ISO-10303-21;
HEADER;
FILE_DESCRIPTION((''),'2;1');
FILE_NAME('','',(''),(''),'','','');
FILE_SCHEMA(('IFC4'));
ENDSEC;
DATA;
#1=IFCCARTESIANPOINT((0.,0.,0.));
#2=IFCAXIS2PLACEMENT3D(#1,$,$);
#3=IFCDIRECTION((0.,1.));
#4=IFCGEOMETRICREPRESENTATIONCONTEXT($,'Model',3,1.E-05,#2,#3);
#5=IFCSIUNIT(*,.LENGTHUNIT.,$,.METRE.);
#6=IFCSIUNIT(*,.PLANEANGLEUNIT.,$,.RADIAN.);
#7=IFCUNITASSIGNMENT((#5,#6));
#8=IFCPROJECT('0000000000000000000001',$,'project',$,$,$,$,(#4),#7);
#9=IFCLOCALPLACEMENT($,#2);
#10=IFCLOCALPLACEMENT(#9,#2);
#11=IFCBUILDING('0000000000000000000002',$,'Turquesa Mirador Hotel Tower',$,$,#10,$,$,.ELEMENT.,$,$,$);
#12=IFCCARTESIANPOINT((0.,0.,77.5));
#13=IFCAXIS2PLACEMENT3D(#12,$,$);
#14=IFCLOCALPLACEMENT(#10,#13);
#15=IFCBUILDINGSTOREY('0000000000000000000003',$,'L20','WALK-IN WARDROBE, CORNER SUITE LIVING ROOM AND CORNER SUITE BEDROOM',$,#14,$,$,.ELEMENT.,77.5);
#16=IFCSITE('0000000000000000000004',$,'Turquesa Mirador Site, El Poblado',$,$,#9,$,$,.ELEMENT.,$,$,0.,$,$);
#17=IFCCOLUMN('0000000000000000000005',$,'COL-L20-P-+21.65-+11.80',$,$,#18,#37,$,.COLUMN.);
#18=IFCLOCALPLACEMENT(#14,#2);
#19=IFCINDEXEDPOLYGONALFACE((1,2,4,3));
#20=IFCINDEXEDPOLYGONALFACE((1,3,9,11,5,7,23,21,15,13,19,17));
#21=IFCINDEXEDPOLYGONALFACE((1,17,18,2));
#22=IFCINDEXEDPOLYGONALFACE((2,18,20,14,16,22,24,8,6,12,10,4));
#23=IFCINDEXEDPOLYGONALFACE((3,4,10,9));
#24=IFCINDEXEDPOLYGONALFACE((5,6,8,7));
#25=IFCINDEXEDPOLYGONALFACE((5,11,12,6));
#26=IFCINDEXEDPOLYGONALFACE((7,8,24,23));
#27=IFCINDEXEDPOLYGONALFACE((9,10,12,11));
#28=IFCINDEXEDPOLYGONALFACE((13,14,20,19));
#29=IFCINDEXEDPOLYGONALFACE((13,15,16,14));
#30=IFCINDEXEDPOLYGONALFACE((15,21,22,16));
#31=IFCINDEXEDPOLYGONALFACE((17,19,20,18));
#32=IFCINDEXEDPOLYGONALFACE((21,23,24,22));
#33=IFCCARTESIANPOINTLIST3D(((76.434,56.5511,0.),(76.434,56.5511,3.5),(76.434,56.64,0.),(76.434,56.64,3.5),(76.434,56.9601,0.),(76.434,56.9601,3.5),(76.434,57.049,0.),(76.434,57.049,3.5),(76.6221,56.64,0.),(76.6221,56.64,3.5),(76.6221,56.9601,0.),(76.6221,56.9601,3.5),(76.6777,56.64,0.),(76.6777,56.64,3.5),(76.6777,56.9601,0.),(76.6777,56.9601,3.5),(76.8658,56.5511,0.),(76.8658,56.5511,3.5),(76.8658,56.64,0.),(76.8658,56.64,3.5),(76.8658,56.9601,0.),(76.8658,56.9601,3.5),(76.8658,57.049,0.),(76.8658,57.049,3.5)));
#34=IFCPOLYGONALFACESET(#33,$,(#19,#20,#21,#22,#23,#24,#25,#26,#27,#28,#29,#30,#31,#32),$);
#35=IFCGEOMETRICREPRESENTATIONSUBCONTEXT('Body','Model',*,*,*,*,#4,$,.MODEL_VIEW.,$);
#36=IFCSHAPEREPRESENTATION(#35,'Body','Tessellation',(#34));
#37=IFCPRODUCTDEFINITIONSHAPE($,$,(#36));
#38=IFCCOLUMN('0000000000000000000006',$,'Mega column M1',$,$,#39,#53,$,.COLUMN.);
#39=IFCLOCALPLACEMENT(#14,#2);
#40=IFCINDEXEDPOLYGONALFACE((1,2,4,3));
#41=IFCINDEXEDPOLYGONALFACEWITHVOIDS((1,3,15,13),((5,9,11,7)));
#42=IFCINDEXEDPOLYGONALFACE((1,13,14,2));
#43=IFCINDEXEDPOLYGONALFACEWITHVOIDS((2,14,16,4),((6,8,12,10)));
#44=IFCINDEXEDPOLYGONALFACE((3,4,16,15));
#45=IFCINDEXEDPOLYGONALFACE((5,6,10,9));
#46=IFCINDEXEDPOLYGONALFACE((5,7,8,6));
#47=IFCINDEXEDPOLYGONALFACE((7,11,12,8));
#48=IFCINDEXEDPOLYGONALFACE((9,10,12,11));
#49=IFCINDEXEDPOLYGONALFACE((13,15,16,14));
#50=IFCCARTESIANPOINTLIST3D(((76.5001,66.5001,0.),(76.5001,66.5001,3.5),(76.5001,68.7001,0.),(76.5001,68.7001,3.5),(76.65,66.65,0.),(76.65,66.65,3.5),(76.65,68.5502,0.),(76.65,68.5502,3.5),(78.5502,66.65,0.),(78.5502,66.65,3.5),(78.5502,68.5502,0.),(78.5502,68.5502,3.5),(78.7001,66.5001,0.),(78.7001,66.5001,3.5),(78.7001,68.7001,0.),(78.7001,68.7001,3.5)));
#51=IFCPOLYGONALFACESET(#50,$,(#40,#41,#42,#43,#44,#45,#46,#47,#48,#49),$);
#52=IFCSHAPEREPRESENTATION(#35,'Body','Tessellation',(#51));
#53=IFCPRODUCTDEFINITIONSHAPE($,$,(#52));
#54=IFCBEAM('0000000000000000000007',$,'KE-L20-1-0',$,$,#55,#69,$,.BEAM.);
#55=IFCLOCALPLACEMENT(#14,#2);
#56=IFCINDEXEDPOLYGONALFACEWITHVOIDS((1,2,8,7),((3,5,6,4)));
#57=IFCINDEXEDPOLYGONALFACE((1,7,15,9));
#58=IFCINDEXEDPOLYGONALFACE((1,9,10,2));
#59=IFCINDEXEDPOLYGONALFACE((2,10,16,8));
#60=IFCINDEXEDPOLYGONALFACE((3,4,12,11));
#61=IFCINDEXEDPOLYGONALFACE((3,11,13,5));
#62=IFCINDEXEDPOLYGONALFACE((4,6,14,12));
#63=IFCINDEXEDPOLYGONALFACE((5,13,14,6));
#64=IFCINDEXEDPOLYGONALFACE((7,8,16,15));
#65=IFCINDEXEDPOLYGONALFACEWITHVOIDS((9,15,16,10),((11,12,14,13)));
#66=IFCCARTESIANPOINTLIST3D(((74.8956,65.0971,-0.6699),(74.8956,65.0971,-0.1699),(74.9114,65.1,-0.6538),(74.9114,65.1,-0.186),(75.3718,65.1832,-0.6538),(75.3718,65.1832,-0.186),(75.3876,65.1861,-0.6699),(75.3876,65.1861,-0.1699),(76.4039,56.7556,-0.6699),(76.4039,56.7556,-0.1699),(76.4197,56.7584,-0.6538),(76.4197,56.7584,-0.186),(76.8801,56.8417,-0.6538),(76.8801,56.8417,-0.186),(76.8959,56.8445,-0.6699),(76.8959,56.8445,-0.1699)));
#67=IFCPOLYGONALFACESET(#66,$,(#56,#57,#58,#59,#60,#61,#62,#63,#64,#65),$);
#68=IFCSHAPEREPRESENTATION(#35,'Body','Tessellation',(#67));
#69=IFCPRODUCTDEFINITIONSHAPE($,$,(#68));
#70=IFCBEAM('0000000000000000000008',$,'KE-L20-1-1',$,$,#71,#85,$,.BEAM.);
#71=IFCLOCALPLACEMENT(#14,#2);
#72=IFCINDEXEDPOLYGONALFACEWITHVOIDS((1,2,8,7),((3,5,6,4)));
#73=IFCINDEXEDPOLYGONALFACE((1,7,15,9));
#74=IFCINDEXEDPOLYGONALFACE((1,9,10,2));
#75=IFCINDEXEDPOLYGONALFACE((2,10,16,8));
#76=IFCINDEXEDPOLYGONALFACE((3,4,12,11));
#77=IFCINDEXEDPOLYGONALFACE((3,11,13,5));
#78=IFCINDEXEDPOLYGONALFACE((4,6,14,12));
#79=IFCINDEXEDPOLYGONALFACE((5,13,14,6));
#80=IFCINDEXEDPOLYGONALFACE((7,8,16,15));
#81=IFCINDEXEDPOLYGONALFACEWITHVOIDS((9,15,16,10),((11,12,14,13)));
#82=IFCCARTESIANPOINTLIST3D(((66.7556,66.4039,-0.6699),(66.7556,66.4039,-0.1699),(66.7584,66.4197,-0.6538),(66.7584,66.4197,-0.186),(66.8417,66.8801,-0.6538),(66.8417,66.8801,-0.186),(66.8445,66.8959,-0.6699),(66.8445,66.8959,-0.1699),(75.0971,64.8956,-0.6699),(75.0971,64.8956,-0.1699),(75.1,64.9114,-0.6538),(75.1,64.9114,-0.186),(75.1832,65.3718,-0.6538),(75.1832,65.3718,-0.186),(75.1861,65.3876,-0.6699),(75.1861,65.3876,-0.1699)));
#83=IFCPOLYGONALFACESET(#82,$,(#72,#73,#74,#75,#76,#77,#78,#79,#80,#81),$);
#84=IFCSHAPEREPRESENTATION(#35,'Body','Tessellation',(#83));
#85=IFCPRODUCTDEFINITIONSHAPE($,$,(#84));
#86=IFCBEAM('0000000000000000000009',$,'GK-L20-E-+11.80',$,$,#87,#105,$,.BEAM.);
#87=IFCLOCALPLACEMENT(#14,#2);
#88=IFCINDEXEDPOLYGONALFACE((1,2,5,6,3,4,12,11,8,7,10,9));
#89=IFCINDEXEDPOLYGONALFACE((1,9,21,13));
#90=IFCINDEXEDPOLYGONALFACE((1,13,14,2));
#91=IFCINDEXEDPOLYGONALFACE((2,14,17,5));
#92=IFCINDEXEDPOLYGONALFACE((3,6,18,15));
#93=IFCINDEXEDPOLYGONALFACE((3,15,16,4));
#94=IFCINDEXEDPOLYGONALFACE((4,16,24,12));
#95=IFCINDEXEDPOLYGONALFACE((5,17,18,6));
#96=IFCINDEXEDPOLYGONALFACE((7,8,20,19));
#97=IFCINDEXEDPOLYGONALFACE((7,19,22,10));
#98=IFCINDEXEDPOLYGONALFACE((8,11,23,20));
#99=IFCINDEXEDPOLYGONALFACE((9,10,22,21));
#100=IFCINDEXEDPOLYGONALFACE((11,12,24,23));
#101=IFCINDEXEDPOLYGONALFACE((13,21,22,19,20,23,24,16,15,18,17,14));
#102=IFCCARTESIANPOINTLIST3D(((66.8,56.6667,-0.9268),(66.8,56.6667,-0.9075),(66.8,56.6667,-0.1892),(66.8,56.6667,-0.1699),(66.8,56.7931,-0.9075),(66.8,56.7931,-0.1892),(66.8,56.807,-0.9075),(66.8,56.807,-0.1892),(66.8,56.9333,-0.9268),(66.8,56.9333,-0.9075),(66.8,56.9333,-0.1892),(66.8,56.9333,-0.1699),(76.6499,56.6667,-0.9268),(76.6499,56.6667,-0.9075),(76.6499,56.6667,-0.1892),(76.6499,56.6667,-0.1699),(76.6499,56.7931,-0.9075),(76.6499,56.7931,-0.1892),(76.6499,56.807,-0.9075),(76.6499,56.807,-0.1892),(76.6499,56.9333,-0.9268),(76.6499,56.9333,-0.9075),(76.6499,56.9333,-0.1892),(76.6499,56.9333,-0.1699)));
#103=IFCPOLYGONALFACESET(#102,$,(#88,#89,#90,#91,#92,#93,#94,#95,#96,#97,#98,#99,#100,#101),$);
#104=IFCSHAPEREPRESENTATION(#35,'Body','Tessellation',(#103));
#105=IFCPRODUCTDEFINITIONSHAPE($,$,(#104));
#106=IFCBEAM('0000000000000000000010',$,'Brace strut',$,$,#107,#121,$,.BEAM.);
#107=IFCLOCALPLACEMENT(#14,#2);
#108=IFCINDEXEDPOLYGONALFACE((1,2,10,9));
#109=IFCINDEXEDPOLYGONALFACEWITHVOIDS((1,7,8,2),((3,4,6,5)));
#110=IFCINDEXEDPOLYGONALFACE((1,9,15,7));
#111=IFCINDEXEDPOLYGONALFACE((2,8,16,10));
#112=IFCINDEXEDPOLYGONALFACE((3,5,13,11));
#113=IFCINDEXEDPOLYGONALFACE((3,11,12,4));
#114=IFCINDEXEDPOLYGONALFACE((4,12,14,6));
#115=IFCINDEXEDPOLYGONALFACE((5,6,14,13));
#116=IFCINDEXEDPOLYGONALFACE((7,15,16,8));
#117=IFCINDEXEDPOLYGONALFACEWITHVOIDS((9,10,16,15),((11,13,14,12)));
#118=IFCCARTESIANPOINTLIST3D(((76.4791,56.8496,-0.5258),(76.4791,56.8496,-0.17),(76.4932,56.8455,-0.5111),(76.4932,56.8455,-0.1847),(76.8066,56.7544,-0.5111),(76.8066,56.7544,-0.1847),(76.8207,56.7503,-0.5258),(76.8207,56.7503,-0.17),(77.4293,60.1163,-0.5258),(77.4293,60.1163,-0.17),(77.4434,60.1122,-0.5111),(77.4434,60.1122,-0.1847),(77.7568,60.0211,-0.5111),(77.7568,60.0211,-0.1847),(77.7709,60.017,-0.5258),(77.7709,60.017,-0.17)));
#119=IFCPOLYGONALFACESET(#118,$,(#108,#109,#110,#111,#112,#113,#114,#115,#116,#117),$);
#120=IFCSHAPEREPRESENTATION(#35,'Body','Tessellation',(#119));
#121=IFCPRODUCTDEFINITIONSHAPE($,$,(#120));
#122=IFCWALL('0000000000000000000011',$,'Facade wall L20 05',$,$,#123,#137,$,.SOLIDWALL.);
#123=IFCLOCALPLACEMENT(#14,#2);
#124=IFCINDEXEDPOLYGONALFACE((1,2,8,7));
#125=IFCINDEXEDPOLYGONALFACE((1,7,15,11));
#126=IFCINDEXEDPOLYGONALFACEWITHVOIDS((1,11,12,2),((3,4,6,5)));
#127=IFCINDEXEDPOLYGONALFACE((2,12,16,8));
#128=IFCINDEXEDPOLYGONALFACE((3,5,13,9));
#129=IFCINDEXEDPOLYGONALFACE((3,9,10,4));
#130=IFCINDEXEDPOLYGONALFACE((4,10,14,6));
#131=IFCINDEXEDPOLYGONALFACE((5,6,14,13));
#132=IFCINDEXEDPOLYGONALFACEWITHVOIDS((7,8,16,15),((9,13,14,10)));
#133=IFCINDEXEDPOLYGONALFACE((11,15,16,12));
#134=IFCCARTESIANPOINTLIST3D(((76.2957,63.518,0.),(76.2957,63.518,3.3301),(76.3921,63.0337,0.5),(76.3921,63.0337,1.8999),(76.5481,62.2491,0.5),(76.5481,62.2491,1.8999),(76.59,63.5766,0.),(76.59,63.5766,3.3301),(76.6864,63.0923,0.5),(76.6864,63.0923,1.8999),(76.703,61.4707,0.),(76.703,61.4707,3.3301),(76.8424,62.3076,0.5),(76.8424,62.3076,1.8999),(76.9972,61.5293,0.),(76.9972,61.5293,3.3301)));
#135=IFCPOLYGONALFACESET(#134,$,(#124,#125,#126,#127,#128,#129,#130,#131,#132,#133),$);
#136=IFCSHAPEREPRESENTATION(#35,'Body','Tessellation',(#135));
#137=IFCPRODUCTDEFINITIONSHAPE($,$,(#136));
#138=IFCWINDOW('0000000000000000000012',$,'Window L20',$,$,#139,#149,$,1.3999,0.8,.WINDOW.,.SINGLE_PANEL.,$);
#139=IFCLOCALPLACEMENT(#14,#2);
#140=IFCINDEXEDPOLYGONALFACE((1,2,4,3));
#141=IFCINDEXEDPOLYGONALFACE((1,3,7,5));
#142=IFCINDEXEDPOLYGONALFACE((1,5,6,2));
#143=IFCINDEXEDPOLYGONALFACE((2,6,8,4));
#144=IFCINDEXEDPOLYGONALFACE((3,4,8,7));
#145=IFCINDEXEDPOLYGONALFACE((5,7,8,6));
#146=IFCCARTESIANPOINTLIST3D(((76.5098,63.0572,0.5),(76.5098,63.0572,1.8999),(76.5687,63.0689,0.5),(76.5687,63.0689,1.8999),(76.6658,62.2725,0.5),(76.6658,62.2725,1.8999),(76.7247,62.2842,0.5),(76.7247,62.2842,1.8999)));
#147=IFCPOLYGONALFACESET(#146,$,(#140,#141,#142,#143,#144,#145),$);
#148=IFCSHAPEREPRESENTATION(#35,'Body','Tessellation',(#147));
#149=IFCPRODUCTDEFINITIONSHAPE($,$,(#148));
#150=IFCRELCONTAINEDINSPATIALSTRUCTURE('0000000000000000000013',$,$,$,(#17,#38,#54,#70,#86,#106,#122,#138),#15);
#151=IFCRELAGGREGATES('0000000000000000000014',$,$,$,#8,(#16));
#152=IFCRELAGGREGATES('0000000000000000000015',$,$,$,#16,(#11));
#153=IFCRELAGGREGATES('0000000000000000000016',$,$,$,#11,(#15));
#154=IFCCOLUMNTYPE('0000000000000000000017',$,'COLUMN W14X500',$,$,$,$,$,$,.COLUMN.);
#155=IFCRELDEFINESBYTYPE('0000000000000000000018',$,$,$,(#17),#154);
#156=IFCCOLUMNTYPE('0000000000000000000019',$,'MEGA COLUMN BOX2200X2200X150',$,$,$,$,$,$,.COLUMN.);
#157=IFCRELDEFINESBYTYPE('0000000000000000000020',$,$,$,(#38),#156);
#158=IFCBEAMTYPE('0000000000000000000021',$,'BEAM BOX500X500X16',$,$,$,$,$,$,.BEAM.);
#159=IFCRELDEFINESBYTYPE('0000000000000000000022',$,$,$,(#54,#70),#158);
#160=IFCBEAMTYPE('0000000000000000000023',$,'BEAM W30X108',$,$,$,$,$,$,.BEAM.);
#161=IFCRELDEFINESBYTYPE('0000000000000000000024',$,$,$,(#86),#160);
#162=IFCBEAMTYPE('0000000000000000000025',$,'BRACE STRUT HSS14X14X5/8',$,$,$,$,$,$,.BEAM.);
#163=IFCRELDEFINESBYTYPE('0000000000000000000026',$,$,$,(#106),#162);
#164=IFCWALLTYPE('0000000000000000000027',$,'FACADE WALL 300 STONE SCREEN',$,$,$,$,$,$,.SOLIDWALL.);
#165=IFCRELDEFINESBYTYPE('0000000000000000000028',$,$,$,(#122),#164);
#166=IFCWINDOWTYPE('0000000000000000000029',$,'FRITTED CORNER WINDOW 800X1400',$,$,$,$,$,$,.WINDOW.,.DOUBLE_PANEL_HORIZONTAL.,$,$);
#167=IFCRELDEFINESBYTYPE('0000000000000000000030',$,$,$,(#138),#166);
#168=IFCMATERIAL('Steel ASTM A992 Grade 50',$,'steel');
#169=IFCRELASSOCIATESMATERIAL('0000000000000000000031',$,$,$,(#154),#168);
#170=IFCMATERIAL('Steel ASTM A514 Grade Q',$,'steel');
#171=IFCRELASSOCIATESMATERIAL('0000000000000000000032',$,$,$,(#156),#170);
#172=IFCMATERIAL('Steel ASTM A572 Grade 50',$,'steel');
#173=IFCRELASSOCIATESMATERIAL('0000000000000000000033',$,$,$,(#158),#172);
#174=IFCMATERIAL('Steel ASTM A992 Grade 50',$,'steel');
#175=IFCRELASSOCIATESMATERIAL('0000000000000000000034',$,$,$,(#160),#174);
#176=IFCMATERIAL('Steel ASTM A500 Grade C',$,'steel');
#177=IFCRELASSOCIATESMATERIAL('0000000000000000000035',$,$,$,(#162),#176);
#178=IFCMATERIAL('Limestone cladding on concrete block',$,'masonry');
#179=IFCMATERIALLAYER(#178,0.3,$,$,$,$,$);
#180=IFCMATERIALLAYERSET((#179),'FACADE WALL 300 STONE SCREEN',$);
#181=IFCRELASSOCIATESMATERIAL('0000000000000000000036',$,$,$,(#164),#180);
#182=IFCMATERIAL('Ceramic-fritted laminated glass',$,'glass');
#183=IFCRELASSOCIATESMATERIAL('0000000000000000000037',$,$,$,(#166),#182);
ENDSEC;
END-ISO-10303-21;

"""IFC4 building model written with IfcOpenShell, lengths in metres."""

from ifc_helpers import new_model, si_unit, direction, frame, frame_2d, origin, origin_2d, place, context, subcontext, project, spatial, rectangle, hollow_rectangle, i_section, extrude, material, layer, layer_set, material_profile, profile_set, type_object, element, fill, save


model = new_model("IFC4")

# Units and contexts
model_context = context("Model", 3, precision=1e-05, world=origin(), true_north=direction((0.0, 1.0)))
body_context = subcontext(model_context, "Body", "Model", "MODEL_VIEW")
ifc_project = project(units=[si_unit("LENGTHUNIT", "METRE"), si_unit("PLANEANGLEUNIT", "RADIAN")], contexts=[model_context])

# Site, building, storey
site_placement = place(None, origin())
site = spatial("IfcSite", under=ifc_project, at=site_placement, Name="Turquesa Mirador Site, El Poblado", CompositionType="ELEMENT", RefElevation=0.0)
building_placement = place(site_placement, origin())
building = spatial("IfcBuilding", under=site, at=building_placement, Name="Turquesa Mirador Hotel Tower", CompositionType="ELEMENT")
storey_placement = place(building_placement, frame((0.0, 0.0, 77.5)))
storey = spatial("IfcBuildingStorey", under=building, at=storey_placement, Name="L20", Description="WALK-IN WARDROBE, CORNER SUITE LIVING ROOM AND CORNER SUITE BEDROOM", CompositionType="ELEMENT", Elevation=77.5)

# Columns
ifc_material_1 = material(Name="Steel ASTM A992 Grade 50", Category="steel")
ifc_material_profile_1 = material_profile(ifc_material_1, i_section(OverallWidth=0.4319, OverallDepth=0.4978, WebThickness=0.0557, FlangeThickness=0.0889, at=origin_2d()), Name="W14X500")
ifc_profile_set_1 = profile_set([ifc_material_profile_1], Name="Steel ASTM A992 Grade 50")
column_type_1 = type_object("IfcColumnType", Name="COLUMN W14X500", PredefinedType="COLUMN", material=ifc_profile_set_1)
column_1_placement = place(storey_placement, frame((76.6499, 56.8, 0.0), z_axis=(0.0, 0.0, 1.0), x_axis=(1.0, 0.0, 0.0)))
element("IfcColumn", 1, at=column_1_placement, inside=storey, type_object=column_type_1, Name="COL-L20-P-+21.65-+11.80", PredefinedType="COLUMN", context=body_context, shape_type="SweptSolid", body=[
    extrude(i_section(OverallWidth=0.4319, OverallDepth=0.4978, WebThickness=0.0557, FlangeThickness=0.0889, at=origin_2d()), origin(), (0.0, 0.0, 1.0), 3.5),
])
ifc_material_2 = material(Name="Steel ASTM A514 Grade Q", Category="steel")
ifc_material_profile_2 = material_profile(ifc_material_2, hollow_rectangle(XDim=2.2, YDim=2.2, WallThickness=0.1499, at=origin_2d()), Name="BOX2200X2200X150")
ifc_profile_set_2 = profile_set([ifc_material_profile_2], Name="Steel ASTM A514 Grade Q")
column_type_2 = type_object("IfcColumnType", Name="MEGA COLUMN BOX2200X2200X150", PredefinedType="COLUMN", material=ifc_profile_set_2)
column_2_placement = place(storey_placement, frame((77.6001, 67.6001, 0.0), z_axis=(0.0, 0.0, 1.0), x_axis=(1.0, 0.0, 0.0)))
element("IfcColumn", 2, at=column_2_placement, inside=storey, type_object=column_type_2, Name="Mega column M1", PredefinedType="COLUMN", context=body_context, shape_type="SweptSolid", body=[
    extrude(hollow_rectangle(XDim=2.2, YDim=2.2, WallThickness=0.1499, at=origin_2d()), origin(), (0.0, 0.0, 1.0), 3.5),
])

# Beams
ifc_material_3 = material(Name="Steel ASTM A572 Grade 50", Category="steel")
ifc_material_profile_3 = material_profile(ifc_material_3, hollow_rectangle(XDim=0.5, YDim=0.5, WallThickness=0.0161, at=origin_2d()), Name="BOX500X500X16")
ifc_profile_set_3 = profile_set([ifc_material_profile_3], Name="Steel ASTM A572 Grade 50")
beam_type_1 = type_object("IfcBeamType", Name="BEAM BOX500X500X16", PredefinedType="BEAM", material=ifc_profile_set_3)
for number, where, z_axis, x_axis, name in (
    (3, (76.6499, 56.8, -0.4199), (-0.177932, 0.984043, 0.0), (-0.984043, -0.177932, 0.0), "KE-L20-1-0"),
    (4, (75.1416, 65.1416, -0.4199), (-0.984043, 0.177932, 0.0), (-0.177932, -0.984043, 0.0), "KE-L20-1-1"),
):
    element("IfcBeam", number, at=place(storey_placement, frame(where, z_axis=z_axis, x_axis=x_axis)), inside=storey, type_object=beam_type_1, Name=name, PredefinedType="BEAM", context=body_context, shape_type="SweptSolid", body=[
        extrude(hollow_rectangle(XDim=0.5, YDim=0.5, WallThickness=0.0161, at=origin_2d()), origin(), (0.0, 0.0, 1.0), 8.4768),
    ])
ifc_material_4 = material(Name="Steel ASTM A992 Grade 50", Category="steel")
ifc_material_profile_4 = material_profile(ifc_material_4, i_section(OverallWidth=0.2666, OverallDepth=0.7568, WebThickness=0.0139, FlangeThickness=0.0193, at=origin_2d()), Name="W30X108")
ifc_profile_set_4 = profile_set([ifc_material_profile_4], Name="Steel ASTM A992 Grade 50")
beam_type_2 = type_object("IfcBeamType", Name="BEAM W30X108", PredefinedType="BEAM", material=ifc_profile_set_4)
beam_1_placement = place(storey_placement, frame((76.6499, 56.8, -0.5483), z_axis=(-1.0, 0.0, 0.0), x_axis=(0.0, -1.0, 0.0)))
element("IfcBeam", 5, at=beam_1_placement, inside=storey, type_object=beam_type_2, Name="GK-L20-E-+11.80", PredefinedType="BEAM", context=body_context, shape_type="SweptSolid", body=[
    extrude(i_section(OverallWidth=0.2666, OverallDepth=0.7568, WebThickness=0.0139, FlangeThickness=0.0193, at=origin_2d()), origin(), (0.0, 0.0, 1.0), 9.8499),
])
ifc_material_5 = material(Name="Steel ASTM A500 Grade C", Category="steel")
ifc_material_profile_5 = material_profile(ifc_material_5, hollow_rectangle(XDim=0.3557, YDim=0.3557, WallThickness=0.0146, at=origin_2d()), Name="HSS14X14X5/8")
ifc_profile_set_5 = profile_set([ifc_material_profile_5], Name="Steel ASTM A500 Grade C")
beam_type_3 = type_object("IfcBeamType", Name="BRACE STRUT HSS14X14X5/8", PredefinedType="BEAM", material=ifc_profile_set_5)
beam_2_placement = place(storey_placement, frame((77.6001, 60.0667, -0.3479), z_axis=(-0.279305, -0.960202, 0.0), x_axis=(0.960202, -0.279305, 0.0)))
element("IfcBeam", 6, at=beam_2_placement, inside=storey, type_object=beam_type_3, Name="Brace strut", PredefinedType="BEAM", context=body_context, shape_type="SweptSolid", body=[
    extrude(hollow_rectangle(XDim=0.3557, YDim=0.3557, WallThickness=0.0146, at=origin_2d()), origin(), (0.0, 0.0, 1.0), 3.4021),
])

# Wall, opening, window
ifc_material_6 = material(Name="Limestone cladding on concrete block", Category="masonry")
ifc_layer = layer(ifc_material_6, 0.3)
ifc_layer_set = layer_set([ifc_layer], Name="FACADE WALL 300 STONE SCREEN")
wall_type = type_object("IfcWallType", Name="FACADE WALL 300 STONE SCREEN", PredefinedType="SOLIDWALL", material=ifc_layer_set)
wall_1_placement = place(storey_placement, frame((76.8501, 61.5, 0.0), z_axis=(0.0, 0.0, 1.0), x_axis=(-0.195081, 0.980787, 0.0)))
wall_1 = element("IfcWall", 7, at=wall_1_placement, inside=storey, type_object=wall_type, Name="Facade wall L20 05", PredefinedType="SOLIDWALL", context=body_context, shape_type="SweptSolid", body=[
    extrude(rectangle(XDim=2.0874, YDim=0.3, at=frame_2d((1.0437, 0.0))), origin(), (0.0, 0.0, 1.0), 3.3301),
])
opening_1_placement = place(wall_1_placement, frame((0.7937, 0.0, 0.5)))
opening_1 = element("IfcOpeningElement", 8, at=opening_1_placement, cuts=wall_1, PredefinedType="OPENING", context=body_context, shape_type="SweptSolid", body=[
    extrude(rectangle(XDim=0.8, YDim=1.3999, at=frame_2d((0.3999, 0.7))), frame((0.0, 0.1599, 0.0), z_axis=(0.0, -1.0, 0.0), x_axis=(1.0, 0.0, 0.0)), (0.0, 0.0, 1.0), 0.3201),
])
ifc_material_7 = material(Name="Ceramic-fritted laminated glass", Category="glass")
window_type_1 = type_object("IfcWindowType", Name="FRITTED CORNER WINDOW 800X1400", PartitioningType="DOUBLE_PANEL_HORIZONTAL", PredefinedType="WINDOW", material=ifc_material_7)
window_1_placement = place(opening_1_placement, origin())
window_1 = element("IfcWindow", 9, at=window_1_placement, inside=storey, type_object=window_type_1, Name="Window L20", OverallHeight=1.3999, OverallWidth=0.8, PartitioningType="SINGLE_PANEL", PredefinedType="WINDOW", context=body_context, shape_type="SweptSolid", body=[
    extrude(rectangle(XDim=0.8, YDim=1.3999, at=frame_2d((0.3999, 0.7))), frame((0.0, 0.03, 0.0), z_axis=(0.0, -1.0, 0.0), x_axis=(1.0, 0.0, 0.0)), (0.0, 0.0, 1.0), 0.0601),
])
fill(opening_1, window_1)

save(model, "model.ifc")
